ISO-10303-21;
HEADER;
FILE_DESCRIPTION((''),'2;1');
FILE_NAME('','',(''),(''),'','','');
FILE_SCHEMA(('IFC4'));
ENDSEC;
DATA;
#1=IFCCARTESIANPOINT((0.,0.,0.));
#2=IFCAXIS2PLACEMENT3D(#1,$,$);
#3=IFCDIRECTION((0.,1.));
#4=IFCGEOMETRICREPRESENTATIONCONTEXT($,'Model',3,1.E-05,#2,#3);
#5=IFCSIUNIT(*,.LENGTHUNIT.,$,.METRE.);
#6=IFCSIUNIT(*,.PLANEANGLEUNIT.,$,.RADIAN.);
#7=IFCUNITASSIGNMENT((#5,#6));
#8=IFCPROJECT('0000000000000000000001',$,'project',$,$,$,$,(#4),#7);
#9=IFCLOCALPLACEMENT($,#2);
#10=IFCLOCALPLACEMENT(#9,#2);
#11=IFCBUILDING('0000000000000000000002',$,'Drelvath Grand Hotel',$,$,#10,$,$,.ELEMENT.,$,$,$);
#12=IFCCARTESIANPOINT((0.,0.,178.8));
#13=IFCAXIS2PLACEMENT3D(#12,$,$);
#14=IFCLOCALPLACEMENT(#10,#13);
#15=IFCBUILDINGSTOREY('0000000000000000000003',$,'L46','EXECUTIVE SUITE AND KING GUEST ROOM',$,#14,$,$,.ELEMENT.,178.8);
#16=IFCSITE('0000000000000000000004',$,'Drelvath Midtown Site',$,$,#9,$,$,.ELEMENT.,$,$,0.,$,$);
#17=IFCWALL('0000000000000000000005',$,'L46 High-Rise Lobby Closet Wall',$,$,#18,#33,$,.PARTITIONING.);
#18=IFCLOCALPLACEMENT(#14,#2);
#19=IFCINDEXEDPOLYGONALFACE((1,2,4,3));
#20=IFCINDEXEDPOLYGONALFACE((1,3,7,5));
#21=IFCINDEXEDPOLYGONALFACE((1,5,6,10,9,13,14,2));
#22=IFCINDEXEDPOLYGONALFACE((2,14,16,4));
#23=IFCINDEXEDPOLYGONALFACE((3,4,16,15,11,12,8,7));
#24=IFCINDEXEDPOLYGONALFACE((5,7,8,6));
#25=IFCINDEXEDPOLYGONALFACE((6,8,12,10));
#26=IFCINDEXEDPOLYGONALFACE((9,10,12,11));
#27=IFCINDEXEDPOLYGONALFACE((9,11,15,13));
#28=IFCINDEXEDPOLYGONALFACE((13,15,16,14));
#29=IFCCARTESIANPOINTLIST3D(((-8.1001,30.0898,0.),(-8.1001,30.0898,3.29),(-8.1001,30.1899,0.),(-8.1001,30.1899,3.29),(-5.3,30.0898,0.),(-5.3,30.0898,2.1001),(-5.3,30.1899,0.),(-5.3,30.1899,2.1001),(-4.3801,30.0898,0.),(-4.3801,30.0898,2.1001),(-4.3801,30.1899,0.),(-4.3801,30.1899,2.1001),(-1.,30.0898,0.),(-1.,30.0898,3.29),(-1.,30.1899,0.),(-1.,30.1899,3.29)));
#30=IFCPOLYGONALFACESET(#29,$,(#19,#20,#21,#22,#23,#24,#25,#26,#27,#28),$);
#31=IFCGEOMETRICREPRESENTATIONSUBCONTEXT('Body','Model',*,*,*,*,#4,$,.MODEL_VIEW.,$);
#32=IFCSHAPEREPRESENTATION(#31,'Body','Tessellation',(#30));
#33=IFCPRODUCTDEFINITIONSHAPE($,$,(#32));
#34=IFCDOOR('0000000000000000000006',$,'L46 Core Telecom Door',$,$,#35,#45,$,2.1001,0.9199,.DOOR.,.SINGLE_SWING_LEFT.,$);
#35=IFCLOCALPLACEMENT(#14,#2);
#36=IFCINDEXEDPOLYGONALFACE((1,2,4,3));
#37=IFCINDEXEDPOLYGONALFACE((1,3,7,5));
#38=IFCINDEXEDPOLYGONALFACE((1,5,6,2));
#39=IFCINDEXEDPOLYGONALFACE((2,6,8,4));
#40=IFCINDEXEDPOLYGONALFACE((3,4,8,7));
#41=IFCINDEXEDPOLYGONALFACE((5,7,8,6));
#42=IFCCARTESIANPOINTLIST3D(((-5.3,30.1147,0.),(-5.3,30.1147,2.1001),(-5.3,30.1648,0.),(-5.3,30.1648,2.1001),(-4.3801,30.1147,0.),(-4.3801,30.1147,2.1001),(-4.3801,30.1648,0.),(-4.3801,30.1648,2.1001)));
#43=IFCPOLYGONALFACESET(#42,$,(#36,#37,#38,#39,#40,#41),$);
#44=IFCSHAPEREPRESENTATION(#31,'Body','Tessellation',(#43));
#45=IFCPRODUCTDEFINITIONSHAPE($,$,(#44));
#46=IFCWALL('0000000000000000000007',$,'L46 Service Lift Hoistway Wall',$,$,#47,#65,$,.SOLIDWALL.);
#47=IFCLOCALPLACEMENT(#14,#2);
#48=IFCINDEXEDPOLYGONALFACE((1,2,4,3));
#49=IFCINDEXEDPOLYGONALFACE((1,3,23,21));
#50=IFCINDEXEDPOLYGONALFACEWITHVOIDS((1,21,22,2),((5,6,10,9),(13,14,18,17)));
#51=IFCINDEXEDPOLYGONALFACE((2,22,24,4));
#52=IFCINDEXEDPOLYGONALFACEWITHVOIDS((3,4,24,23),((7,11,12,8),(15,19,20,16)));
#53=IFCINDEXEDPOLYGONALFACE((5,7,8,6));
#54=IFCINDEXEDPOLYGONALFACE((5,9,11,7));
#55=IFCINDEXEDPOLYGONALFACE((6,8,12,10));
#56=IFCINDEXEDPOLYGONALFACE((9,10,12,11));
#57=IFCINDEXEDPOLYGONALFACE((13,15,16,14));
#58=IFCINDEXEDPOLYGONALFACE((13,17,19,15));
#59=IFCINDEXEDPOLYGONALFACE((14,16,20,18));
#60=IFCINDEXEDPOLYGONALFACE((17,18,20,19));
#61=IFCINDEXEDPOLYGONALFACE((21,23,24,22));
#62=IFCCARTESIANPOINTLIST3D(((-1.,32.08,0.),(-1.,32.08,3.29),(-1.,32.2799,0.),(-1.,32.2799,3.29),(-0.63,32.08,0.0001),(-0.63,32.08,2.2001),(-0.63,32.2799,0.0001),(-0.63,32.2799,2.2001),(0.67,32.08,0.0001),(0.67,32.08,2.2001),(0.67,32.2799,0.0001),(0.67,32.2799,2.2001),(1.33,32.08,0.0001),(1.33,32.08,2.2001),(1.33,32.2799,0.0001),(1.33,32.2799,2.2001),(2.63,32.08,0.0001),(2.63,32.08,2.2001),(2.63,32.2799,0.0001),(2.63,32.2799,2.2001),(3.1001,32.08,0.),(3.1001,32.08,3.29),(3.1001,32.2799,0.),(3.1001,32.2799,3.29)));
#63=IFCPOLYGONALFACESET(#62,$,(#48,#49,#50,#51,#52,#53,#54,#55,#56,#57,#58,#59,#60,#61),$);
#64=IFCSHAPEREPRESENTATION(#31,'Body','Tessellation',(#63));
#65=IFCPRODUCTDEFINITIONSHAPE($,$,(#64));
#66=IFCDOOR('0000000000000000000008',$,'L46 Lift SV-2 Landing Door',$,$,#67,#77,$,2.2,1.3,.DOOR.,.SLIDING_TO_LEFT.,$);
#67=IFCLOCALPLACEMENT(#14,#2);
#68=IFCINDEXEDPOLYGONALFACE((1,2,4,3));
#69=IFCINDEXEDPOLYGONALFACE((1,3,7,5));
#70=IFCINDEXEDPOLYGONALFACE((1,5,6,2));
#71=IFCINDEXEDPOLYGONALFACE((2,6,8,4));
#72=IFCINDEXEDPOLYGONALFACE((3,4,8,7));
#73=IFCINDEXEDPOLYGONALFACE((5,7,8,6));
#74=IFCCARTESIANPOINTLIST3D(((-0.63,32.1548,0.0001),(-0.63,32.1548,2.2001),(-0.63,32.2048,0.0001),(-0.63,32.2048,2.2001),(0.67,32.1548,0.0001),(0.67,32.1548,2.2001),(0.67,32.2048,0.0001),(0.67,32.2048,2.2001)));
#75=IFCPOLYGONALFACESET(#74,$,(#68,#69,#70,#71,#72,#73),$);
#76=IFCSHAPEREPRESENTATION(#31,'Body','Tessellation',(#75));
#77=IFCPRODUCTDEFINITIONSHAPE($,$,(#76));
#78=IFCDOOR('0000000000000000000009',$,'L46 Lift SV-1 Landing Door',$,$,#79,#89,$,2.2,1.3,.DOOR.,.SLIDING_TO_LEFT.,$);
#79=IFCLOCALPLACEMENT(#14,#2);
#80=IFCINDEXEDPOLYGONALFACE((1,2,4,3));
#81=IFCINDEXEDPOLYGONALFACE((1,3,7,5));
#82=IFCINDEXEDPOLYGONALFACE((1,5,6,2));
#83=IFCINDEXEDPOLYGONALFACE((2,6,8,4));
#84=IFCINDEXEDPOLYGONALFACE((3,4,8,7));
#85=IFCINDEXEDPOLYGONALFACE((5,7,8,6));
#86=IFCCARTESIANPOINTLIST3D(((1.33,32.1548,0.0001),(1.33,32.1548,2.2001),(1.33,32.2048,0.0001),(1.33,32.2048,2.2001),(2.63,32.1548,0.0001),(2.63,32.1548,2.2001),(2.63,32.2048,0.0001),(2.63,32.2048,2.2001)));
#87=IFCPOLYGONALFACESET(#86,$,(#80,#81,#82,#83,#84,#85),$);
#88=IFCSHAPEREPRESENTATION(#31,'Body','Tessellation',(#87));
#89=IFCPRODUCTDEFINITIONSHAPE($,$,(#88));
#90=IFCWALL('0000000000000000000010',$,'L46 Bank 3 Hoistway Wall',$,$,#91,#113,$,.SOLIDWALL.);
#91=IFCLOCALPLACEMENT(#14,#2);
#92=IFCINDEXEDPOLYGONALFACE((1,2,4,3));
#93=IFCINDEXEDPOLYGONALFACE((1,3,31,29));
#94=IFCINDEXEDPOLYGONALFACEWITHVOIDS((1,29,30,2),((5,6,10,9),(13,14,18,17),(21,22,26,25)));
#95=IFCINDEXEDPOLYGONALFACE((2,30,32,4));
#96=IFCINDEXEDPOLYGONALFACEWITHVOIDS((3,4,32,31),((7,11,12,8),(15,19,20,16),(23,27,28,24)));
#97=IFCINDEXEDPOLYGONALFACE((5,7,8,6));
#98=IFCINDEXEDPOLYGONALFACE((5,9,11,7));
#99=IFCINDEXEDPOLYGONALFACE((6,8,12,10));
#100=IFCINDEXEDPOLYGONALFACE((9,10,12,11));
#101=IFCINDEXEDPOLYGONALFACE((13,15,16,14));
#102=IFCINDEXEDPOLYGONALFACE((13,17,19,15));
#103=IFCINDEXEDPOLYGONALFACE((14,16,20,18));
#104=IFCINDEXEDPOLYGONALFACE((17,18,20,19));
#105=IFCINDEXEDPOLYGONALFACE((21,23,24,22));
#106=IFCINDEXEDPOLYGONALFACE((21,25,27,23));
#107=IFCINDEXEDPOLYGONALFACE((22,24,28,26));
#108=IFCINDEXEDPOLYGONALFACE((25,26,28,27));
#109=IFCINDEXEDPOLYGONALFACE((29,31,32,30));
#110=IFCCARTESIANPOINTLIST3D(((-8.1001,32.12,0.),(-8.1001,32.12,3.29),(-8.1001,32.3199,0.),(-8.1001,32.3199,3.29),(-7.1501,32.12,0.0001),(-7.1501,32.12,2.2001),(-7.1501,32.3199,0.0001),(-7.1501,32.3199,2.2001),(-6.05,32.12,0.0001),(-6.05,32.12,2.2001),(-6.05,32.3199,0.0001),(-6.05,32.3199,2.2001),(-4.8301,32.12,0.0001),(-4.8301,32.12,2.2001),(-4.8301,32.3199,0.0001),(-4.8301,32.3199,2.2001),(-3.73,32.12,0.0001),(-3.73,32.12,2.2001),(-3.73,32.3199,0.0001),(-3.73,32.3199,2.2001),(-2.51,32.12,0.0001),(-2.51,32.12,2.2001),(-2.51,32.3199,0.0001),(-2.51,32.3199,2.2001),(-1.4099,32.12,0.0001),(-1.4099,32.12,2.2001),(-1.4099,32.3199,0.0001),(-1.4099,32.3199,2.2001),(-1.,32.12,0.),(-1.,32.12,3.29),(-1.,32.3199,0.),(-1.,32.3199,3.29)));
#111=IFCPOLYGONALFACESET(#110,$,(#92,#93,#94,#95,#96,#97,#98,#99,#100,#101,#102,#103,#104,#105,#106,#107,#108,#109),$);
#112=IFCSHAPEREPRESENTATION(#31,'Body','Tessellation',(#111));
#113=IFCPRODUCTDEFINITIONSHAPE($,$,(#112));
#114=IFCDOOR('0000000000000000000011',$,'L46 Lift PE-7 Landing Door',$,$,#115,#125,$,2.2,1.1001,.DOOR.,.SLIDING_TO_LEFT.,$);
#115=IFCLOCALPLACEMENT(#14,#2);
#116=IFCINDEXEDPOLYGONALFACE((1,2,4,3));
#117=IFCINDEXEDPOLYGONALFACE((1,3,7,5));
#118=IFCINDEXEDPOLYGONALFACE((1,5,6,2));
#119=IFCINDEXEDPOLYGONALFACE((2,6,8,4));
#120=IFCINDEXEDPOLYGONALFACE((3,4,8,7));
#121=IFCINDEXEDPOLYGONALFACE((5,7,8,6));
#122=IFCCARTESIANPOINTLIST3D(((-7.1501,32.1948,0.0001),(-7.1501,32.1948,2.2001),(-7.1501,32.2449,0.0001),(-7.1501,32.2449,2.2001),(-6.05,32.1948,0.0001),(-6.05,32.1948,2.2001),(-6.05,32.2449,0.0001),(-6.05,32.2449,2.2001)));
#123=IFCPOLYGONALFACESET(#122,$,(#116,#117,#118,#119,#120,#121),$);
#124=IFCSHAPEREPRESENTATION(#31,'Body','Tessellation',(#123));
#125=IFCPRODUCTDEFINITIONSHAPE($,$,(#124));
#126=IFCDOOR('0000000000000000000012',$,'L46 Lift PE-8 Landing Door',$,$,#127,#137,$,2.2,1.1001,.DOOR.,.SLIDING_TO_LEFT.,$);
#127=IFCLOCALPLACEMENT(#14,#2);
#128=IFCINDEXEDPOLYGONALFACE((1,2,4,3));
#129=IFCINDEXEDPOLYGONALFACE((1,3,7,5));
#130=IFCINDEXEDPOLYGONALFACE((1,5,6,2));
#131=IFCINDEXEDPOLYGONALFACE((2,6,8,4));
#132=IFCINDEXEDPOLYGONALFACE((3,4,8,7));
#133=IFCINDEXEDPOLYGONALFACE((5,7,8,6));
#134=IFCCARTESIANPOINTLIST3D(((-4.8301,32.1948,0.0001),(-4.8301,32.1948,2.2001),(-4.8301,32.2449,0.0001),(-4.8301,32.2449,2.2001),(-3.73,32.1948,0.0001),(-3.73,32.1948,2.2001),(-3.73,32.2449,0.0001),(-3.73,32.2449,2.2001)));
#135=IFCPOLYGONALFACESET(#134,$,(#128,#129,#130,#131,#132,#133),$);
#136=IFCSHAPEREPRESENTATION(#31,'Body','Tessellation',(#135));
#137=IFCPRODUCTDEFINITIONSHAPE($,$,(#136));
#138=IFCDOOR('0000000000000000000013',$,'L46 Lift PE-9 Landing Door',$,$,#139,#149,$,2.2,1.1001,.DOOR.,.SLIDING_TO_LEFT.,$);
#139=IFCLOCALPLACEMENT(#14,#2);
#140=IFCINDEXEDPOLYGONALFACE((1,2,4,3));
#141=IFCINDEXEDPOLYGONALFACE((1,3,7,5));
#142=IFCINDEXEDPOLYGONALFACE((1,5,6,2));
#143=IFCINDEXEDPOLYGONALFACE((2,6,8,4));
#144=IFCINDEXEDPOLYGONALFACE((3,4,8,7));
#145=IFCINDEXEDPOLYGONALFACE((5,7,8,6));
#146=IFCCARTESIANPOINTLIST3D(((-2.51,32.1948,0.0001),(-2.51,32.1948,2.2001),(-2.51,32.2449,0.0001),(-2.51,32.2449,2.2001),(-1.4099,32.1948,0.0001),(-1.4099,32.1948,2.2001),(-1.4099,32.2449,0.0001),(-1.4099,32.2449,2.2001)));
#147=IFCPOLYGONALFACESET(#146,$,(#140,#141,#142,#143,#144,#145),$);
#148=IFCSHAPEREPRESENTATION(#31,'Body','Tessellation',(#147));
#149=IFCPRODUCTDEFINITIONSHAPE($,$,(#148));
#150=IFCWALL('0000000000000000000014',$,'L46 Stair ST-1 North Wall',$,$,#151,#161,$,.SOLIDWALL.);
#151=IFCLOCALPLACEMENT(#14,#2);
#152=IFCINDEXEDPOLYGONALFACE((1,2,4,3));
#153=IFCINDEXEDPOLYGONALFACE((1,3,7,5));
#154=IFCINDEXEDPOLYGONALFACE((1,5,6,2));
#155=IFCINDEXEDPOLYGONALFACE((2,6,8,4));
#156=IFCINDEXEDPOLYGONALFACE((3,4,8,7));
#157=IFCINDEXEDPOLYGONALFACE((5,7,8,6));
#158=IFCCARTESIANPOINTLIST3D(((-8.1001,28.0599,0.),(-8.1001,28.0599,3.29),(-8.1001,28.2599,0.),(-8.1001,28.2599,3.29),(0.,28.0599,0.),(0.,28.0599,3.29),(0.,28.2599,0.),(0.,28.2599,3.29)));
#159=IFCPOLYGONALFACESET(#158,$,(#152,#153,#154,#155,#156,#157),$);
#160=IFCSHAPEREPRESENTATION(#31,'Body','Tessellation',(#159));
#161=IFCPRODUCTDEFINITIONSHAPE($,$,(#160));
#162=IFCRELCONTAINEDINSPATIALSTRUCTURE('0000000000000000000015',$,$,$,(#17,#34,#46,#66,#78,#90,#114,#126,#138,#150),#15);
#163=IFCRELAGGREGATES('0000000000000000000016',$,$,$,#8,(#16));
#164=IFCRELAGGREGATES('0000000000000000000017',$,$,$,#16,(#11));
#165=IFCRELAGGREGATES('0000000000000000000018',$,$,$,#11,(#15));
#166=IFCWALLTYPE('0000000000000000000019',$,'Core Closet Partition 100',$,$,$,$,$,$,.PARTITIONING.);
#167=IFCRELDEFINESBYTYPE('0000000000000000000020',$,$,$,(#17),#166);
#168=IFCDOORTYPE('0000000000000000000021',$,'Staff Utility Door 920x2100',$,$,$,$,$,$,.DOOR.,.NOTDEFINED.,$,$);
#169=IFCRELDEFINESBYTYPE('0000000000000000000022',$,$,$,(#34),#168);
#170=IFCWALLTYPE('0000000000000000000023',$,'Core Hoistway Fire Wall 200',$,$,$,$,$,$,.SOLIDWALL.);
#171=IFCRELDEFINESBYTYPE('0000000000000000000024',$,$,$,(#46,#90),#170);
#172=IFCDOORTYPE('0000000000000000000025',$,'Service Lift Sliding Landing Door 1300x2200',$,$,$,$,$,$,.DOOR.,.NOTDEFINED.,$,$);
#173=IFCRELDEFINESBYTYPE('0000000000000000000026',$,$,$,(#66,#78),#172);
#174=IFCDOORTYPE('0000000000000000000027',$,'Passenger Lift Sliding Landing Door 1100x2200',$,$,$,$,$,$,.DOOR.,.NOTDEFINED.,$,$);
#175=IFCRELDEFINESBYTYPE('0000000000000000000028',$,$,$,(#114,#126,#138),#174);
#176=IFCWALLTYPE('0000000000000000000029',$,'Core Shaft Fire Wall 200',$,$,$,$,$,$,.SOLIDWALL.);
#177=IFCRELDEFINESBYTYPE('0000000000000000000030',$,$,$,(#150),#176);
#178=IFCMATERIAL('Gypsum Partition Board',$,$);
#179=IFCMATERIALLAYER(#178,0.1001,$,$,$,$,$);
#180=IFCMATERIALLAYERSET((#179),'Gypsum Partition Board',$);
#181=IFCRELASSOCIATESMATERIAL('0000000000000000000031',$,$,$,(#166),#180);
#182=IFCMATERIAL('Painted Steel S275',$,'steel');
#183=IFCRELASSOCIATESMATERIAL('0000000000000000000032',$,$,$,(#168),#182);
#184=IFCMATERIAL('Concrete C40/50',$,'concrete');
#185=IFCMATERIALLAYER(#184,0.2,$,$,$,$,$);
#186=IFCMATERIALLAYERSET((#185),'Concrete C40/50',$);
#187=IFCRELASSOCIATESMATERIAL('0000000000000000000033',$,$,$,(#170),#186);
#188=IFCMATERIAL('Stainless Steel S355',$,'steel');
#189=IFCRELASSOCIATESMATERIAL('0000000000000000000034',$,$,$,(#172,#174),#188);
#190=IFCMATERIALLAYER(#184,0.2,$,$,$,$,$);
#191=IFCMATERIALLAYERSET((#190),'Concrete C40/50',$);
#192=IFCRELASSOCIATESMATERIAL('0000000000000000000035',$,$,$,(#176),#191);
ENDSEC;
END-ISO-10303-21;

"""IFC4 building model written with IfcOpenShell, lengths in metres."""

from ifc_helpers import new_model, si_unit, direction, frame, frame_2d, origin, place, context, subcontext, project, spatial, rectangle, extrude, material, layer, layer_set, type_object, element, fill, save


model = new_model("IFC4")

# Units and contexts
model_context = context("Model", 3, precision=1e-05, world=origin(), true_north=direction((0.0, 1.0)))
body_context = subcontext(model_context, "Body", "Model", "MODEL_VIEW")
ifc_project = project(units=[si_unit("LENGTHUNIT", "METRE"), si_unit("PLANEANGLEUNIT", "RADIAN")], contexts=[model_context])

# Site, building, storey
site_placement = place(None, origin())
site = spatial("IfcSite", under=ifc_project, at=site_placement, Name="Drelvath Midtown Site", CompositionType="ELEMENT", RefElevation=0.0)
building_placement = place(site_placement, origin())
building = spatial("IfcBuilding", under=site, at=building_placement, Name="Drelvath Grand Hotel", CompositionType="ELEMENT")
storey_placement = place(building_placement, frame((0.0, 0.0, 178.8)))
storey = spatial("IfcBuildingStorey", under=building, at=storey_placement, Name="L46", Description="EXECUTIVE SUITE AND KING GUEST ROOM", CompositionType="ELEMENT", Elevation=178.8)

# Wall, opening, door
ifc_material_1 = material(Name="Gypsum Partition Board")
ifc_layer_1 = layer(ifc_material_1, 0.1001)
ifc_layer_set_1 = layer_set([ifc_layer_1], Name="Gypsum Partition Board")
wall_type_1 = type_object("IfcWallType", Name="Core Closet Partition 100", PredefinedType="PARTITIONING", material=ifc_layer_set_1)
wall_1_placement = place(storey_placement, frame((-8.1001, 30.1399, 0.0), z_axis=(0.0, 0.0, 1.0), x_axis=(1.0, 0.0, 0.0)))
wall_1 = element("IfcWall", 1, at=wall_1_placement, inside=storey, type_object=wall_type_1, Name="L46 High-Rise Lobby Closet Wall", PredefinedType="PARTITIONING", context=body_context, shape_type="SweptSolid", body=[
    extrude(rectangle(XDim=7.1001, YDim=0.1001, at=frame_2d((3.55, 0.0))), origin(), (0.0, 0.0, 1.0), 3.29),
])
opening_1_placement = place(wall_1_placement, frame((2.8, 0.0, 0.0)))
opening_1 = element("IfcOpeningElement", 2, at=opening_1_placement, cuts=wall_1, PredefinedType="OPENING", context=body_context, shape_type="SweptSolid", body=[
    extrude(rectangle(XDim=0.9199, YDim=2.1001, at=frame_2d((0.46, 1.05))), frame((0.0, 0.0601, 0.0), z_axis=(0.0, -1.0, 0.0), x_axis=(1.0, 0.0, 0.0)), (0.0, 0.0, 1.0), 0.1201),
])
ifc_material_2 = material(Name="Painted Steel S275", Category="steel")
door_type_1 = type_object("IfcDoorType", Name="Staff Utility Door 920x2100", OperationType="NOTDEFINED", PredefinedType="DOOR", material=ifc_material_2)
door_1_placement = place(opening_1_placement, origin())
door_1 = element("IfcDoor", 3, at=door_1_placement, inside=storey, type_object=door_type_1, Name="L46 Core Telecom Door", OperationType="SINGLE_SWING_LEFT", OverallHeight=2.1001, OverallWidth=0.9199, PredefinedType="DOOR", context=body_context, shape_type="SweptSolid", body=[
    extrude(rectangle(XDim=0.9199, YDim=2.1001, at=frame_2d((0.46, 1.05))), frame((0.0, 0.0249, 0.0), z_axis=(0.0, -1.0, 0.0), x_axis=(1.0, 0.0, 0.0)), (0.0, 0.0, 1.0), 0.05),
])
fill(opening_1, door_1)

# Walls, openings, doors
ifc_material_3 = material(Name="Concrete C40/50", Category="concrete")
ifc_layer_2 = layer(ifc_material_3, 0.2)
ifc_layer_set_2 = layer_set([ifc_layer_2], Name="Concrete C40/50")
wall_type_2 = type_object("IfcWallType", Name="Core Hoistway Fire Wall 200", PredefinedType="SOLIDWALL", material=ifc_layer_set_2)
wall_2_placement = place(storey_placement, frame((-1.0, 32.1799, 0.0), z_axis=(0.0, 0.0, 1.0), x_axis=(1.0, 0.0, 0.0)))
wall_2 = element("IfcWall", 4, at=wall_2_placement, inside=storey, type_object=wall_type_2, Name="L46 Service Lift Hoistway Wall", PredefinedType="SOLIDWALL", context=body_context, shape_type="SweptSolid", body=[
    extrude(rectangle(XDim=4.1001, YDim=0.2, at=frame_2d((2.05, 0.0))), origin(), (0.0, 0.0, 1.0), 3.29),
])
opening_2_placement = place(wall_2_placement, frame((0.3701, 0.0, 0.0)))
opening_2 = element("IfcOpeningElement", 5, at=opening_2_placement, cuts=wall_2, PredefinedType="OPENING", context=body_context, shape_type="SweptSolid", body=[
    extrude(rectangle(XDim=1.3, YDim=2.2, at=frame_2d((0.6499, 1.1001))), frame((0.0, 0.1099, 0.0), z_axis=(0.0, -1.0, 0.0), x_axis=(1.0, 0.0, 0.0)), (0.0, 0.0, 1.0), 0.22),
])
opening_3_placement = place(wall_2_placement, frame((2.3301, 0.0, 0.0)))
opening_3 = element("IfcOpeningElement", 6, at=opening_3_placement, cuts=wall_2, PredefinedType="OPENING", context=body_context, shape_type="SweptSolid", body=[
    extrude(rectangle(XDim=1.3, YDim=2.2, at=frame_2d((0.6499, 1.1001))), frame((0.0, 0.1099, 0.0), z_axis=(0.0, -1.0, 0.0), x_axis=(1.0, 0.0, 0.0)), (0.0, 0.0, 1.0), 0.22),
])
ifc_material_4 = material(Name="Stainless Steel S355", Category="steel")
door_type_2 = type_object("IfcDoorType", Name="Service Lift Sliding Landing Door 1300x2200", OperationType="NOTDEFINED", PredefinedType="DOOR", material=ifc_material_4)
door_2_placement = place(opening_2_placement, origin())
door_2 = element("IfcDoor", 7, at=door_2_placement, inside=storey, type_object=door_type_2, Name="L46 Lift SV-2 Landing Door", OperationType="SLIDING_TO_LEFT", OverallHeight=2.2, OverallWidth=1.3, PredefinedType="DOOR", context=body_context, shape_type="SweptSolid", body=[
    extrude(rectangle(XDim=1.3, YDim=2.2, at=frame_2d((0.6499, 1.1001))), frame((0.0, 0.0249, 0.0), z_axis=(0.0, -1.0, 0.0), x_axis=(1.0, 0.0, 0.0)), (0.0, 0.0, 1.0), 0.05),
])
fill(opening_2, door_2)
door_3_placement = place(opening_3_placement, origin())
door_3 = element("IfcDoor", 8, at=door_3_placement, inside=storey, type_object=door_type_2, Name="L46 Lift SV-1 Landing Door", OperationType="SLIDING_TO_LEFT", OverallHeight=2.2, OverallWidth=1.3, PredefinedType="DOOR", context=body_context, shape_type="SweptSolid", body=[
    extrude(rectangle(XDim=1.3, YDim=2.2, at=frame_2d((0.6499, 1.1001))), frame((0.0, 0.0249, 0.0), z_axis=(0.0, -1.0, 0.0), x_axis=(1.0, 0.0, 0.0)), (0.0, 0.0, 1.0), 0.05),
])
fill(opening_3, door_3)
wall_3_placement = place(storey_placement, frame((-8.1001, 32.22, 0.0), z_axis=(0.0, 0.0, 1.0), x_axis=(1.0, 0.0, 0.0)))
wall_3 = element("IfcWall", 9, at=wall_3_placement, inside=storey, type_object=wall_type_2, Name="L46 Bank 3 Hoistway Wall", PredefinedType="SOLIDWALL", context=body_context, shape_type="SweptSolid", body=[
    extrude(rectangle(XDim=7.1001, YDim=0.2, at=frame_2d((3.55, 0.0))), origin(), (0.0, 0.0, 1.0), 3.29),
])
opening_4_placement = place(wall_3_placement, frame((0.95, 0.0, 0.0)))
opening_4 = element("IfcOpeningElement", 10, at=opening_4_placement, cuts=wall_3, PredefinedType="OPENING", context=body_context, shape_type="SweptSolid", body=[
    extrude(rectangle(XDim=1.1001, YDim=2.2, at=frame_2d((0.55, 1.1001))), frame((0.0, 0.1099, 0.0), z_axis=(0.0, -1.0, 0.0), x_axis=(1.0, 0.0, 0.0)), (0.0, 0.0, 1.0), 0.22),
])
opening_5_placement = place(wall_3_placement, frame((3.27, 0.0, 0.0)))
opening_5 = element("IfcOpeningElement", 11, at=opening_5_placement, cuts=wall_3, PredefinedType="OPENING", context=body_context, shape_type="SweptSolid", body=[
    extrude(rectangle(XDim=1.1001, YDim=2.2, at=frame_2d((0.55, 1.1001))), frame((0.0, 0.1099, 0.0), z_axis=(0.0, -1.0, 0.0), x_axis=(1.0, 0.0, 0.0)), (0.0, 0.0, 1.0), 0.22),
])
opening_6_placement = place(wall_3_placement, frame((5.5901, 0.0, 0.0)))
opening_6 = element("IfcOpeningElement", 12, at=opening_6_placement, cuts=wall_3, PredefinedType="OPENING", context=body_context, shape_type="SweptSolid", body=[
    extrude(rectangle(XDim=1.1001, YDim=2.2, at=frame_2d((0.55, 1.1001))), frame((0.0, 0.1099, 0.0), z_axis=(0.0, -1.0, 0.0), x_axis=(1.0, 0.0, 0.0)), (0.0, 0.0, 1.0), 0.22),
])
door_type_3 = type_object("IfcDoorType", Name="Passenger Lift Sliding Landing Door 1100x2200", OperationType="NOTDEFINED", PredefinedType="DOOR", material=ifc_material_4)
door_4_placement = place(opening_4_placement, origin())
door_4 = element("IfcDoor", 13, at=door_4_placement, inside=storey, type_object=door_type_3, Name="L46 Lift PE-7 Landing Door", OperationType="SLIDING_TO_LEFT", OverallHeight=2.2, OverallWidth=1.1001, PredefinedType="DOOR", context=body_context, shape_type="SweptSolid", body=[
    extrude(rectangle(XDim=1.1001, YDim=2.2, at=frame_2d((0.55, 1.1001))), frame((0.0, 0.0249, 0.0), z_axis=(0.0, -1.0, 0.0), x_axis=(1.0, 0.0, 0.0)), (0.0, 0.0, 1.0), 0.05),
])
fill(opening_4, door_4)
door_5_placement = place(opening_5_placement, origin())
door_5 = element("IfcDoor", 14, at=door_5_placement, inside=storey, type_object=door_type_3, Name="L46 Lift PE-8 Landing Door", OperationType="SLIDING_TO_LEFT", OverallHeight=2.2, OverallWidth=1.1001, PredefinedType="DOOR", context=body_context, shape_type="SweptSolid", body=[
    extrude(rectangle(XDim=1.1001, YDim=2.2, at=frame_2d((0.55, 1.1001))), frame((0.0, 0.0249, 0.0), z_axis=(0.0, -1.0, 0.0), x_axis=(1.0, 0.0, 0.0)), (0.0, 0.0, 1.0), 0.05),
])
fill(opening_5, door_5)
door_6_placement = place(opening_6_placement, origin())
door_6 = element("IfcDoor", 15, at=door_6_placement, inside=storey, type_object=door_type_3, Name="L46 Lift PE-9 Landing Door", OperationType="SLIDING_TO_LEFT", OverallHeight=2.2, OverallWidth=1.1001, PredefinedType="DOOR", context=body_context, shape_type="SweptSolid", body=[
    extrude(rectangle(XDim=1.1001, YDim=2.2, at=frame_2d((0.55, 1.1001))), frame((0.0, 0.0249, 0.0), z_axis=(0.0, -1.0, 0.0), x_axis=(1.0, 0.0, 0.0)), (0.0, 0.0, 1.0), 0.05),
])
fill(opening_6, door_6)

# Wall
ifc_layer_3 = layer(ifc_material_3, 0.2)
ifc_layer_set_3 = layer_set([ifc_layer_3], Name="Concrete C40/50")
wall_type_3 = type_object("IfcWallType", Name="Core Shaft Fire Wall 200", PredefinedType="SOLIDWALL", material=ifc_layer_set_3)
wall_4_placement = place(storey_placement, frame((-8.1001, 28.1599, 0.0), z_axis=(0.0, 0.0, 1.0), x_axis=(1.0, 0.0, 0.0)))
element("IfcWall", 16, at=wall_4_placement, inside=storey, type_object=wall_type_3, Name="L46 Stair ST-1 North Wall", PredefinedType="SOLIDWALL", context=body_context, shape_type="SweptSolid", body=[
    extrude(rectangle(XDim=8.1001, YDim=0.2, at=frame_2d((4.05, 0.0))), origin(), (0.0, 0.0, 1.0), 3.29),
])

save(model, "model.ifc")
